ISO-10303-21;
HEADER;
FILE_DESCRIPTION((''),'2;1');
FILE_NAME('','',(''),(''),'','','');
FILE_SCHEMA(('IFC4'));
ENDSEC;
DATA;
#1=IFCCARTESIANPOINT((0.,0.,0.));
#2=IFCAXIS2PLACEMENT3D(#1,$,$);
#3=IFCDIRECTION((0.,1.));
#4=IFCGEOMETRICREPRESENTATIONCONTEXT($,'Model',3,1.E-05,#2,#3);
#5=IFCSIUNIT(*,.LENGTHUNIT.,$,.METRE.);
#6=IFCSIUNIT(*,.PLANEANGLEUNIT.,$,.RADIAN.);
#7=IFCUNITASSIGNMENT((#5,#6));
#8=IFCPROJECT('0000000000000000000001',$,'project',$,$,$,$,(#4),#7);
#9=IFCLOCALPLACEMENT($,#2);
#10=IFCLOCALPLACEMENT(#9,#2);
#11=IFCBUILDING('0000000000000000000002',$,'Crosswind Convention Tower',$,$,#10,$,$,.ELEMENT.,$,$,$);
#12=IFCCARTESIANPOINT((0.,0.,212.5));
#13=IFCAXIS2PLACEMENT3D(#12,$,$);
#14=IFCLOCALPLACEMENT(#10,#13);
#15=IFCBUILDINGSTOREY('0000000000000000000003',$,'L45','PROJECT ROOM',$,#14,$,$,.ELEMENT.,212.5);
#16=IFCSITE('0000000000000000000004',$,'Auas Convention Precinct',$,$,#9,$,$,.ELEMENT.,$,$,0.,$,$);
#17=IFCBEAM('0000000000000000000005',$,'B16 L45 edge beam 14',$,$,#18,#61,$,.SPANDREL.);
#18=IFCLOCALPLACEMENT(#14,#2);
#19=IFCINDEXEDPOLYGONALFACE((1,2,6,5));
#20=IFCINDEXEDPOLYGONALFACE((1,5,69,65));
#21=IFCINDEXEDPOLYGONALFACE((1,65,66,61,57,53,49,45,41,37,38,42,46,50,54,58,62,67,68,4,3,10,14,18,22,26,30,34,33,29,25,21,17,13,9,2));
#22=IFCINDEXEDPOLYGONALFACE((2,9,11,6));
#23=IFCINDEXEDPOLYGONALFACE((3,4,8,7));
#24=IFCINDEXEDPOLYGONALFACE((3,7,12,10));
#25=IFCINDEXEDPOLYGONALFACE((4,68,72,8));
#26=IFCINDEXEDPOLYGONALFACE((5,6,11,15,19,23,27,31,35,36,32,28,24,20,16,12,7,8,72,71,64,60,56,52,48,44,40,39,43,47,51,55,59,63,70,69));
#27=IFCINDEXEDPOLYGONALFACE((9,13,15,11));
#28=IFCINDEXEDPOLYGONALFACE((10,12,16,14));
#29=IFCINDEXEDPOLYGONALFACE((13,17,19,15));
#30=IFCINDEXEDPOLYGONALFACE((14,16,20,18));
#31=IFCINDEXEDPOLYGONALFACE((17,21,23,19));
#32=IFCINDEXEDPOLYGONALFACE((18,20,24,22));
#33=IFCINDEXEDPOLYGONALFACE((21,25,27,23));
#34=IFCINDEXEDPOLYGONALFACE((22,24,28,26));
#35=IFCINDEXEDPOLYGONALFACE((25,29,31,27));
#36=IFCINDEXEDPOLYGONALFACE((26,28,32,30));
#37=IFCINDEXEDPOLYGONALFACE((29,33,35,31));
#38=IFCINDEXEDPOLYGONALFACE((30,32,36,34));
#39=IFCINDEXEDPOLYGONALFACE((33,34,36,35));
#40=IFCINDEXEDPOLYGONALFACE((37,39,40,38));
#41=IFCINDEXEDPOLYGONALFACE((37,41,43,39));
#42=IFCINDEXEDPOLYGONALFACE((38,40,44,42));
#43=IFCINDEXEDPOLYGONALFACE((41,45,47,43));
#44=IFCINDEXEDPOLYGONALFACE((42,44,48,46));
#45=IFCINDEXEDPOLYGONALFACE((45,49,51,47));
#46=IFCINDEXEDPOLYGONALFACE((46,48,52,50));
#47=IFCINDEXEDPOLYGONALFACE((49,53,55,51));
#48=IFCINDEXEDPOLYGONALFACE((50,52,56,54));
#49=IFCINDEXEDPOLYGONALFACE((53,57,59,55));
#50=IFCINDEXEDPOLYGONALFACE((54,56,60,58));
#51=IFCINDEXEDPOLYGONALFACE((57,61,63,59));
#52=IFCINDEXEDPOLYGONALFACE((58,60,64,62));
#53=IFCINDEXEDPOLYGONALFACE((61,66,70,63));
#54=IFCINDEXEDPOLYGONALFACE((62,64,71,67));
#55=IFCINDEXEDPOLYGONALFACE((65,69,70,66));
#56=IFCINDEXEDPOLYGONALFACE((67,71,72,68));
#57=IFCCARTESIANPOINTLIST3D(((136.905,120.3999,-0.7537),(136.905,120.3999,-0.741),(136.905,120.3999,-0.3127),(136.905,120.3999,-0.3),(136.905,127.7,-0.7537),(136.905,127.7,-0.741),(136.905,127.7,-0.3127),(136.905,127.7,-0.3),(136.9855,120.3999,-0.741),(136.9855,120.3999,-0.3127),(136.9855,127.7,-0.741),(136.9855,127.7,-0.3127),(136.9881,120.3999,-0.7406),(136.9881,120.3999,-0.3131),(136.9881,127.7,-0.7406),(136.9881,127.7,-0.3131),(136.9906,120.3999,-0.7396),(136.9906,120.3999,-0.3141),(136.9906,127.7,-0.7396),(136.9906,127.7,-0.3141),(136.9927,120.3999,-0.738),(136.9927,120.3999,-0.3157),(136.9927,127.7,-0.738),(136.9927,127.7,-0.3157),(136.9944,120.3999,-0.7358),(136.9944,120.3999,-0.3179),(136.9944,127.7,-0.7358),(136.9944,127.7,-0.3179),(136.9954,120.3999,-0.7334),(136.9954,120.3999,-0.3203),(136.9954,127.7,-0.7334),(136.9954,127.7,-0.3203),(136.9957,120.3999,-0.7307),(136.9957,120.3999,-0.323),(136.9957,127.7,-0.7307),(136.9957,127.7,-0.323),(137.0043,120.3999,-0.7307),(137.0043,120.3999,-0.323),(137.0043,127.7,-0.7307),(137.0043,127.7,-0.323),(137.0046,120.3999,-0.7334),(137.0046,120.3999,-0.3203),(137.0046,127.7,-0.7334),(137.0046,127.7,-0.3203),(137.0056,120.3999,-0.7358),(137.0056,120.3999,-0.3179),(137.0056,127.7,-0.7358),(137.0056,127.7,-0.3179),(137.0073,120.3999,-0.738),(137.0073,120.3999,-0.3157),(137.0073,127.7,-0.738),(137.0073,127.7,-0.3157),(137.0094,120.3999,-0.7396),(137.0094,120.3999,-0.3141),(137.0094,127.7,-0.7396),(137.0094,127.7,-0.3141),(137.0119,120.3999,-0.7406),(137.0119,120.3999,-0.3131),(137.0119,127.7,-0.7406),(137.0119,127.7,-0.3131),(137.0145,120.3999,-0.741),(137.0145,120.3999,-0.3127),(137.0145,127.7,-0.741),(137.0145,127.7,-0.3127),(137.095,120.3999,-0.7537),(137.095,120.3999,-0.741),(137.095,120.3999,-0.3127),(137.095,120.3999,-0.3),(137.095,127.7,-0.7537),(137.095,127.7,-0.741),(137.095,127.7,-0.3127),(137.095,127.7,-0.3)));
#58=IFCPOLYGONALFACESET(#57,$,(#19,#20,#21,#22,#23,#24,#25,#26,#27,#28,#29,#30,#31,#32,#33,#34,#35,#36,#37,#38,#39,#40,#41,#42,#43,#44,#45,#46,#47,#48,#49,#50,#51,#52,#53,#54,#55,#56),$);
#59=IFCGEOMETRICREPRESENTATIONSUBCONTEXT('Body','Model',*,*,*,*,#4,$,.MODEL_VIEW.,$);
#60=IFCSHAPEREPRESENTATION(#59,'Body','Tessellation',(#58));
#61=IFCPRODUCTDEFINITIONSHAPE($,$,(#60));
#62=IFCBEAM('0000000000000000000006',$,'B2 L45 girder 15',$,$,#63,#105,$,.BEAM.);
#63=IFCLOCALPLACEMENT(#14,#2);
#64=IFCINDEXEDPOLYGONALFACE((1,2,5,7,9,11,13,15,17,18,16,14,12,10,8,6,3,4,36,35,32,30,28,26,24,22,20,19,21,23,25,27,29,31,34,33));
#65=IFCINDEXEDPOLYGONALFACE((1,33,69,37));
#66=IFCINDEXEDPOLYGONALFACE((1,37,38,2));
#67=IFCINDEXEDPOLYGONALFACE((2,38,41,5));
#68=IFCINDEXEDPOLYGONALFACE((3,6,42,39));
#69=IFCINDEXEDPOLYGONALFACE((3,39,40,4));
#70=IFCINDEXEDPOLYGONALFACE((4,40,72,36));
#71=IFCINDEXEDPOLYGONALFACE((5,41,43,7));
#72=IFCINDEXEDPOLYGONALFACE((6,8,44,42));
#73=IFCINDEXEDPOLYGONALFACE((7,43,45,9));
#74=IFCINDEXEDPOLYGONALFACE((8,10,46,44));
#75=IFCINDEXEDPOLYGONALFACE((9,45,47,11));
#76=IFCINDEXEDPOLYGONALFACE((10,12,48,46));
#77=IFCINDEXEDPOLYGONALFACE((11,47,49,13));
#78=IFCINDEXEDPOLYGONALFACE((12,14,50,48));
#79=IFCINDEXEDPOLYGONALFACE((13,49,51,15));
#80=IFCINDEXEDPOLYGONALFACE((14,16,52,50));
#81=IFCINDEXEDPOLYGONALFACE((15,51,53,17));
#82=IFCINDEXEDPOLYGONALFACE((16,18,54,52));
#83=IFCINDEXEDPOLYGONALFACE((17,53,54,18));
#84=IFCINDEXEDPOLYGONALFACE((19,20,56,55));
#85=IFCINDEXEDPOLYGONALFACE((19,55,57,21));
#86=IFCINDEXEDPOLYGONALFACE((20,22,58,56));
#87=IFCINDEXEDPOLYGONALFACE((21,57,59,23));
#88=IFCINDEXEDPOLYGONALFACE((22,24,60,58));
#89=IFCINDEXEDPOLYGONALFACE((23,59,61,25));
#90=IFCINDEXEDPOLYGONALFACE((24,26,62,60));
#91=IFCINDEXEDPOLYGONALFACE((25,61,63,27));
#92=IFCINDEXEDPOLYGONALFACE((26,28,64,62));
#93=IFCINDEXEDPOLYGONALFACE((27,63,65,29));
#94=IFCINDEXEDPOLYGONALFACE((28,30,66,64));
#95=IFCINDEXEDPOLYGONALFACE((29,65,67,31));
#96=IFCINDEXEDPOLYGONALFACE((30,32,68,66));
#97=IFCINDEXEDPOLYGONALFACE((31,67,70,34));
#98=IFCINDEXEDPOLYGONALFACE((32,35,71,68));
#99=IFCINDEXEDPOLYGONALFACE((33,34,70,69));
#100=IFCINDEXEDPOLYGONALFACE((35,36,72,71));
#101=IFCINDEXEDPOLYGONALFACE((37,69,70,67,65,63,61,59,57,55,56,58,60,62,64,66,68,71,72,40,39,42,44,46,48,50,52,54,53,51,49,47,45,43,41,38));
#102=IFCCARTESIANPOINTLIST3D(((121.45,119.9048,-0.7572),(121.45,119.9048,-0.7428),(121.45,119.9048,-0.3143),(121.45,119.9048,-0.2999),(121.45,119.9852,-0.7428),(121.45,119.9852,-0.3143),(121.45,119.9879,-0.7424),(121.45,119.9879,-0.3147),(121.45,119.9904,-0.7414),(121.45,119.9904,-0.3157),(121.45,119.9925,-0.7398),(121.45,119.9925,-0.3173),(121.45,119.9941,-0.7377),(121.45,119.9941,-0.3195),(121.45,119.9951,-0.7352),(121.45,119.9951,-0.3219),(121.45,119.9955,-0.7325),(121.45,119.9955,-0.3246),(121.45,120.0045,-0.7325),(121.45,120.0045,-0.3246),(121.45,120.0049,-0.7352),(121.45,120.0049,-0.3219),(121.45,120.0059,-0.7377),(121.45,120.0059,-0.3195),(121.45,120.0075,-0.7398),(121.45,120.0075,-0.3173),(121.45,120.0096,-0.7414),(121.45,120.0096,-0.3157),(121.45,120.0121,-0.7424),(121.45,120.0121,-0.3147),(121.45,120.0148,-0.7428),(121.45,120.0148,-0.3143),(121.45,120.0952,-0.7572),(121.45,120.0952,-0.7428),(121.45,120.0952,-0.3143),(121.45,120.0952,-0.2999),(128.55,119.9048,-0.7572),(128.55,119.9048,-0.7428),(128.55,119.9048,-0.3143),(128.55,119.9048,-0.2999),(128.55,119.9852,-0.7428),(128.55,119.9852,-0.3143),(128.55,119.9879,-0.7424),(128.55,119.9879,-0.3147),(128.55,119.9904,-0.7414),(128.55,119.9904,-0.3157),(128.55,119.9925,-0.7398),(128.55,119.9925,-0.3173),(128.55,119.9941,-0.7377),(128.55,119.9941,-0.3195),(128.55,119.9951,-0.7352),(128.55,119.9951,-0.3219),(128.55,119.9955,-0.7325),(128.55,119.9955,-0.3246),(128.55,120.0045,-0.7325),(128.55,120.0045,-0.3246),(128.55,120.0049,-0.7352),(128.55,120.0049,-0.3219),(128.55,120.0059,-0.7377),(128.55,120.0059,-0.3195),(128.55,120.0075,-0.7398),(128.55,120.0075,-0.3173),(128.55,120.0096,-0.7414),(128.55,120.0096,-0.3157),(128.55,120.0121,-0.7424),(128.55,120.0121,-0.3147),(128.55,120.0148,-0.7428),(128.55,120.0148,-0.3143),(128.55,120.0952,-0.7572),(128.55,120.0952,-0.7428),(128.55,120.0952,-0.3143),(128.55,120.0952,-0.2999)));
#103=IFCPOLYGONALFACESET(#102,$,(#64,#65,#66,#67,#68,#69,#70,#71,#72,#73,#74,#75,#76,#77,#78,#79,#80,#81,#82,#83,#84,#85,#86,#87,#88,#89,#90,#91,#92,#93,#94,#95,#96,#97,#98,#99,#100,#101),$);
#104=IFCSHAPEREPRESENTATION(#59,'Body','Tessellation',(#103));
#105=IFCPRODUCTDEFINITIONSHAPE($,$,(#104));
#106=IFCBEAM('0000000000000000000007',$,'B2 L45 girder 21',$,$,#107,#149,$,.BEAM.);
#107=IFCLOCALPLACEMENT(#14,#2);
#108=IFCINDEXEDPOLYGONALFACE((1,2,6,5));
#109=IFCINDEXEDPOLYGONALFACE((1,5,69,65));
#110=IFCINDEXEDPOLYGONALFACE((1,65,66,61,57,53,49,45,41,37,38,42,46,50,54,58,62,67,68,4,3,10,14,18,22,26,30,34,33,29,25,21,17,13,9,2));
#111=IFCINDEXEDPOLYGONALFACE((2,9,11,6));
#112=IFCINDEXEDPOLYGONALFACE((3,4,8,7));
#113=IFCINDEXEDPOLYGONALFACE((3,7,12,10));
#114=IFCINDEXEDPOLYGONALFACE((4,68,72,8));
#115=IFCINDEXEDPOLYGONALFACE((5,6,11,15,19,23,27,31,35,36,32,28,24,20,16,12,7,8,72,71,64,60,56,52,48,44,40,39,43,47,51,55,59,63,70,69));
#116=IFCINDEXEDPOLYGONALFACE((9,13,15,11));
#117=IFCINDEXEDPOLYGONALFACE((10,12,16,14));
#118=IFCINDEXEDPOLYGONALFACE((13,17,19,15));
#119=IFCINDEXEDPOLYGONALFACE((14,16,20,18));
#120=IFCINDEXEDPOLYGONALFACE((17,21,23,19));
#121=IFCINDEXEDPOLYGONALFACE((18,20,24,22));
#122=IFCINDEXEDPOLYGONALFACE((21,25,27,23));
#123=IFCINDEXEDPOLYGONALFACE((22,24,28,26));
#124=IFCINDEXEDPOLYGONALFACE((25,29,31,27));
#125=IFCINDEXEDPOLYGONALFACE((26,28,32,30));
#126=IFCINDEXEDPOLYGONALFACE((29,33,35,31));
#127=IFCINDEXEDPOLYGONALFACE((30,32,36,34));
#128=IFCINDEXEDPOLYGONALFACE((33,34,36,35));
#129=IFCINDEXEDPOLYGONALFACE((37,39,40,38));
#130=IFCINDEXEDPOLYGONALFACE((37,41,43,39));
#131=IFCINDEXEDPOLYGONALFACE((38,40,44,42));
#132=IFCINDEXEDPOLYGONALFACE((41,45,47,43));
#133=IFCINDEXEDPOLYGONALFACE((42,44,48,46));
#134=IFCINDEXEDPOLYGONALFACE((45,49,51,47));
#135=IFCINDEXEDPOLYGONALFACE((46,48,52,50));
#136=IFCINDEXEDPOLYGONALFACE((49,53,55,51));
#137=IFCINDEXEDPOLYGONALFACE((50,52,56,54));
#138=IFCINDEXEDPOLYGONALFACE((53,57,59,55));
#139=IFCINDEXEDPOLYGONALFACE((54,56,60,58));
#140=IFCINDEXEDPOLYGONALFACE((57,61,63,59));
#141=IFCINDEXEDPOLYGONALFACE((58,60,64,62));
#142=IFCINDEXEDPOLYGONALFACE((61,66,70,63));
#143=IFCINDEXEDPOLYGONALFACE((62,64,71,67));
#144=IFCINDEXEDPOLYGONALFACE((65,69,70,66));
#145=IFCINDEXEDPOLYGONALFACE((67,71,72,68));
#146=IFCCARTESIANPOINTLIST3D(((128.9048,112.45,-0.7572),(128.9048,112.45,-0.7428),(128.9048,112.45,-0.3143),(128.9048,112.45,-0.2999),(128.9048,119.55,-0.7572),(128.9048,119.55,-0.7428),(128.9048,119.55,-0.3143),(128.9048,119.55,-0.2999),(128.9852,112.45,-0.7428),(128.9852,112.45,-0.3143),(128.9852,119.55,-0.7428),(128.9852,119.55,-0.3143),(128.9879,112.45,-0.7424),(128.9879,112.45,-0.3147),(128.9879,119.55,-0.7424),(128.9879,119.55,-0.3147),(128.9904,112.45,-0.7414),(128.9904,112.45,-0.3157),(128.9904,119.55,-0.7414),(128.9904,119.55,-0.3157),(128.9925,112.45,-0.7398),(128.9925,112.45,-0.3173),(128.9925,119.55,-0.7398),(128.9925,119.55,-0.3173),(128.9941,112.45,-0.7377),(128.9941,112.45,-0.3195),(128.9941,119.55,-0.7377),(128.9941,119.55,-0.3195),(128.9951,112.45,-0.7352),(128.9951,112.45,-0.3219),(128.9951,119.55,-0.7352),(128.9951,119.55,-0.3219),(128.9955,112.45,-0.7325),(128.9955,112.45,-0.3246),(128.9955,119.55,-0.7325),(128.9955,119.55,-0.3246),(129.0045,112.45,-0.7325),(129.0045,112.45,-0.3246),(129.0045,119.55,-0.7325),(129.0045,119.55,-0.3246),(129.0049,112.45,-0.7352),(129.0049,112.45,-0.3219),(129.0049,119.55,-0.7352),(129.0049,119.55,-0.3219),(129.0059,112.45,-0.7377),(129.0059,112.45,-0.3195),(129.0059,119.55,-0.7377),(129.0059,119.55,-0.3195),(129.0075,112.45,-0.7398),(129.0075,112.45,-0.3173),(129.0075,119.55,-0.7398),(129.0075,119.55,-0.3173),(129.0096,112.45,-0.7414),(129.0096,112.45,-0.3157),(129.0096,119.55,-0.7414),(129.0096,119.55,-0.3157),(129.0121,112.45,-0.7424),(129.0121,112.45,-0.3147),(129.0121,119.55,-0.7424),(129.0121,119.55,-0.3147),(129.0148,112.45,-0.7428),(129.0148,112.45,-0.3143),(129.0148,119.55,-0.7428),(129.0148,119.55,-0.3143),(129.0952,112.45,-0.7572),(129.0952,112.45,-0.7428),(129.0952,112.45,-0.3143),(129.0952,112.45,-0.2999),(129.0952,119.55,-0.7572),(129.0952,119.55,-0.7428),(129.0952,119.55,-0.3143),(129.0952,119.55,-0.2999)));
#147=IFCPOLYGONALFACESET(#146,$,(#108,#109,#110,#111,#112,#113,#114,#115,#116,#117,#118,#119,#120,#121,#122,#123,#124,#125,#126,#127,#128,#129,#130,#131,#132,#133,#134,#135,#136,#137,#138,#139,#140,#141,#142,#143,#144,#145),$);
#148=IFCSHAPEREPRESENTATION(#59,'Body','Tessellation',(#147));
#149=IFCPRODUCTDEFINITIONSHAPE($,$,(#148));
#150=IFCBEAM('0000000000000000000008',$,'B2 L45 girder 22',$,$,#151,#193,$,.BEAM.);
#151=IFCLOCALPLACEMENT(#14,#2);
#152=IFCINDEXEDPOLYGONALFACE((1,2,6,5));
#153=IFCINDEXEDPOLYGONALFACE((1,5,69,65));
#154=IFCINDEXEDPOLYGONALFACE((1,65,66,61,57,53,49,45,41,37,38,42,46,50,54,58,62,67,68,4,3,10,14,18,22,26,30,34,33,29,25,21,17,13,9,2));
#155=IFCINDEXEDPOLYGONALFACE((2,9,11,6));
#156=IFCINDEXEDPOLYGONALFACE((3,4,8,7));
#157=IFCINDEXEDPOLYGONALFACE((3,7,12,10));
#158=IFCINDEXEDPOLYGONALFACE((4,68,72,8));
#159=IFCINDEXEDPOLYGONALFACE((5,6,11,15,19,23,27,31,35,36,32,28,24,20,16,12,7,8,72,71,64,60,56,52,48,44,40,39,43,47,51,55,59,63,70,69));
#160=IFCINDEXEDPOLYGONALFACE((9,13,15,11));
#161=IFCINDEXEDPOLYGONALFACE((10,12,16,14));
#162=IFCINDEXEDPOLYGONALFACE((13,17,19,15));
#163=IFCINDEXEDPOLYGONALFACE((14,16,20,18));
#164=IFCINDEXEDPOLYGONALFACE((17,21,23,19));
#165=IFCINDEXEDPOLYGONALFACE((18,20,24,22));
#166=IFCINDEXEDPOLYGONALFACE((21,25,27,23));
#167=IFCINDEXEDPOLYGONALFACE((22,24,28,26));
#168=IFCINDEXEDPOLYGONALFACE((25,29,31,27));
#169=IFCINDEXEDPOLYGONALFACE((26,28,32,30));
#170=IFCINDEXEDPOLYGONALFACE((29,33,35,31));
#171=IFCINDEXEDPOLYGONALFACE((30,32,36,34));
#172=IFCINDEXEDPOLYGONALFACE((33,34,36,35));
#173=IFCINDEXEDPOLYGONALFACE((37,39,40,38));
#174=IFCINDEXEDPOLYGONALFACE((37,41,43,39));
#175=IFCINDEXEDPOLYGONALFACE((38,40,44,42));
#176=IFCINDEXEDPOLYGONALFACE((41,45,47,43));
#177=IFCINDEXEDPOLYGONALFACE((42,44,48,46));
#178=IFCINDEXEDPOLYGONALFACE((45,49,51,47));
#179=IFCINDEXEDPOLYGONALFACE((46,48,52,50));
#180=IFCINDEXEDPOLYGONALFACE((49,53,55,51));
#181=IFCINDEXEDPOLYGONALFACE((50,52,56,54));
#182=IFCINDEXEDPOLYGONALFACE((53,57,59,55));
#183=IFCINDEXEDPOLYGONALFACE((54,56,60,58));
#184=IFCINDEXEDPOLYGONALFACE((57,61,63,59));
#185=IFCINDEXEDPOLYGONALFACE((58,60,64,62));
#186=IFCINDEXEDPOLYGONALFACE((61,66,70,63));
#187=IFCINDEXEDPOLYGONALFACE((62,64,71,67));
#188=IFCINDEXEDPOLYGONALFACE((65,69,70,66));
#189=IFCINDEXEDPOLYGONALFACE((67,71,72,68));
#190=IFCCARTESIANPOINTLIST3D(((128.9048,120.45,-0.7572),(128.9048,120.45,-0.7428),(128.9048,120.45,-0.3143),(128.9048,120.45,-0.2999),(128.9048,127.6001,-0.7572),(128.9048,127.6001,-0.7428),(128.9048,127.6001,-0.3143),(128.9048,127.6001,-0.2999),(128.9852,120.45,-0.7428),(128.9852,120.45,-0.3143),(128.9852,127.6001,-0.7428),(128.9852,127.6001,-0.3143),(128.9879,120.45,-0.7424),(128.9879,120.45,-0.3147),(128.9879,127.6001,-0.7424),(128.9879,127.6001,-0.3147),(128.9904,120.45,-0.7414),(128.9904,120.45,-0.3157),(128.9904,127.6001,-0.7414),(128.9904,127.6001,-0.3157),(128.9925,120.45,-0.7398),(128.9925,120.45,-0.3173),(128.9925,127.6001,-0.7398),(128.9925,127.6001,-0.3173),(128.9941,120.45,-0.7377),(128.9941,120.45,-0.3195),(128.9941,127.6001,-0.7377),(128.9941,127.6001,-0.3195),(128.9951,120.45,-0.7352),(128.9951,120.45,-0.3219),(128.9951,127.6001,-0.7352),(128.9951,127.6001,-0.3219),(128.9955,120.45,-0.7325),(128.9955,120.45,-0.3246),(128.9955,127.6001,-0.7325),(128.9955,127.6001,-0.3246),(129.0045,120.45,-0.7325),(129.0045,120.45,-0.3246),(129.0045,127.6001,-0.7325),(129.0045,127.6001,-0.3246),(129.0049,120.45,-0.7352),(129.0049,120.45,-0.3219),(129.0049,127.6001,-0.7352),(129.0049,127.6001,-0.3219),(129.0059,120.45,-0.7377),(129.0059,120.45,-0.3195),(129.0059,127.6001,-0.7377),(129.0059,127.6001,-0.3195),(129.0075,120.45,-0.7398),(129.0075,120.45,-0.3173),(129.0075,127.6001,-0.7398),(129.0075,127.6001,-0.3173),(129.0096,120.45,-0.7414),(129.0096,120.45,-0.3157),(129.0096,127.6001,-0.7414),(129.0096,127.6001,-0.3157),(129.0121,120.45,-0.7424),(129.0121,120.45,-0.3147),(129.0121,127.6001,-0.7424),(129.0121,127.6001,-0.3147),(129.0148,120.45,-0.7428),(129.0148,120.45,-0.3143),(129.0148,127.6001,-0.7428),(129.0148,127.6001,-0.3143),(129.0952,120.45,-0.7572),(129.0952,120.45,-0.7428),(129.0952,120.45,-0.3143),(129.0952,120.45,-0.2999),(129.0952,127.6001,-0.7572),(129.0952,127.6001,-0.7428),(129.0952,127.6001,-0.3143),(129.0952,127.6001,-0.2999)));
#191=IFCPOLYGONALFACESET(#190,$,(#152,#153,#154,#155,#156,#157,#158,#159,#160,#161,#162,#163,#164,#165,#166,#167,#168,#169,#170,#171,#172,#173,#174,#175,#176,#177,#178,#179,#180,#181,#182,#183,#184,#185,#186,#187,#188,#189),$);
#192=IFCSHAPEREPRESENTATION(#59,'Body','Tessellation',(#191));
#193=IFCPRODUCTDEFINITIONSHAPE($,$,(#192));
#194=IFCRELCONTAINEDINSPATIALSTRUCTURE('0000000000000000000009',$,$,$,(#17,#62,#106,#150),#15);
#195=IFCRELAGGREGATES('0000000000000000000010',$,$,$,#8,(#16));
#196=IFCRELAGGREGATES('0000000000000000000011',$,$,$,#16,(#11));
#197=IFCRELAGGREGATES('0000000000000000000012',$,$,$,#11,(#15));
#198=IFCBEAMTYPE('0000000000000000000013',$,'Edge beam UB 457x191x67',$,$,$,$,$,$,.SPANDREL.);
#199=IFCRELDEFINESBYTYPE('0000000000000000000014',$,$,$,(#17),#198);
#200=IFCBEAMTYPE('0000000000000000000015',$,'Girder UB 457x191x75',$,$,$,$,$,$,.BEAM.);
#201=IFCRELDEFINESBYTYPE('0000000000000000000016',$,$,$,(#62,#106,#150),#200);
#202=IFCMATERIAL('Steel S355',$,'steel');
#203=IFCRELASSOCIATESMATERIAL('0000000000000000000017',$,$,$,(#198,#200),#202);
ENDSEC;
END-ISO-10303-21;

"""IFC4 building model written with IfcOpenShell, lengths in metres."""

from ifc_helpers import new_model, si_unit, direction, frame, origin, origin_2d, place, context, subcontext, project, spatial, i_section, extrude, material, material_profile, profile_set, type_object, element, save


model = new_model("IFC4")

# Units and contexts
model_context = context("Model", 3, precision=1e-05, world=origin(), true_north=direction((0.0, 1.0)))
body_context = subcontext(model_context, "Body", "Model", "MODEL_VIEW")
ifc_project = project(units=[si_unit("LENGTHUNIT", "METRE"), si_unit("PLANEANGLEUNIT", "RADIAN")], contexts=[model_context])

# Site, building, storey
site_placement = place(None, origin())
site = spatial("IfcSite", under=ifc_project, at=site_placement, Name="Auas Convention Precinct", CompositionType="ELEMENT", RefElevation=0.0)
building_placement = place(site_placement, origin())
building = spatial("IfcBuilding", under=site, at=building_placement, Name="Crosswind Convention Tower", CompositionType="ELEMENT")
storey_placement = place(building_placement, frame((0.0, 0.0, 212.5)))
storey = spatial("IfcBuildingStorey", under=building, at=storey_placement, Name="L45", Description="PROJECT ROOM", CompositionType="ELEMENT", Elevation=212.5)

# Beams
ifc_material_1 = material(Name="Steel S355", Category="steel")
ifc_material_profile_1 = material_profile(ifc_material_1, i_section(OverallWidth=0.1899, OverallDepth=0.4536, WebThickness=0.0085, FlangeThickness=0.0127, FilletRadius=0.0103, at=origin_2d()), Name="UB 457x191x67")
ifc_profile_set_1 = profile_set([ifc_material_profile_1], Name="Steel S355")
beam_type_1 = type_object("IfcBeamType", Name="Edge beam UB 457x191x67", PredefinedType="SPANDREL", material=ifc_profile_set_1)
for number, where, z_axis, x_axis, name in (
    (1, (137.0, 120.3999, -0.5269), (0.0, 1.0, 0.0), (-1.0, 0.0, 0.0), "B16 L45 edge beam 14"),
):
    element("IfcBeam", number, at=place(storey_placement, frame(where, z_axis=z_axis, x_axis=x_axis)), inside=storey, type_object=beam_type_1, Name=name, PredefinedType="SPANDREL", context=body_context, shape_type="SweptSolid", body=[
        extrude(i_section(OverallWidth=0.1899, OverallDepth=0.4536, WebThickness=0.0085, FlangeThickness=0.0127, FilletRadius=0.0103, at=origin_2d()), origin(), (0.0, 0.0, 1.0), 7.3),
    ])
ifc_material_profile_2 = material_profile(ifc_material_1, i_section(OverallWidth=0.1904, OverallDepth=0.4573, WebThickness=0.009, FlangeThickness=0.0144, FilletRadius=0.0103, at=origin_2d()), Name="UB 457x191x75")
ifc_profile_set_2 = profile_set([ifc_material_profile_2], Name="Steel S355")
beam_type_2 = type_object("IfcBeamType", Name="Girder UB 457x191x75", PredefinedType="BEAM", material=ifc_profile_set_2)
for number, where, z_axis, x_axis, name in (
    (2, (121.45, 120.0, -0.5286), (1.0, 0.0, 0.0), (0.0, 1.0, 0.0), "B2 L45 girder 15"),
    (3, (129.0, 112.45, -0.5286), (0.0, 1.0, 0.0), (-1.0, 0.0, 0.0), "B2 L45 girder 21"),
):
    element("IfcBeam", number, at=place(storey_placement, frame(where, z_axis=z_axis, x_axis=x_axis)), inside=storey, type_object=beam_type_2, Name=name, PredefinedType="BEAM", context=body_context, shape_type="SweptSolid", body=[
        extrude(i_section(OverallWidth=0.1904, OverallDepth=0.4573, WebThickness=0.009, FlangeThickness=0.0144, FilletRadius=0.0103, at=origin_2d()), origin(), (0.0, 0.0, 1.0), 7.1001),
    ])
for number, where, z_axis, x_axis, name in (
    (4, (129.0, 120.45, -0.5286), (0.0, 1.0, 0.0), (-1.0, 0.0, 0.0), "B2 L45 girder 22"),
):
    element("IfcBeam", number, at=place(storey_placement, frame(where, z_axis=z_axis, x_axis=x_axis)), inside=storey, type_object=beam_type_2, Name=name, PredefinedType="BEAM", context=body_context, shape_type="SweptSolid", body=[
        extrude(i_section(OverallWidth=0.1904, OverallDepth=0.4573, WebThickness=0.009, FlangeThickness=0.0144, FilletRadius=0.0103, at=origin_2d()), origin(), (0.0, 0.0, 1.0), 7.1501),
    ])

save(model, "model.ifc")
